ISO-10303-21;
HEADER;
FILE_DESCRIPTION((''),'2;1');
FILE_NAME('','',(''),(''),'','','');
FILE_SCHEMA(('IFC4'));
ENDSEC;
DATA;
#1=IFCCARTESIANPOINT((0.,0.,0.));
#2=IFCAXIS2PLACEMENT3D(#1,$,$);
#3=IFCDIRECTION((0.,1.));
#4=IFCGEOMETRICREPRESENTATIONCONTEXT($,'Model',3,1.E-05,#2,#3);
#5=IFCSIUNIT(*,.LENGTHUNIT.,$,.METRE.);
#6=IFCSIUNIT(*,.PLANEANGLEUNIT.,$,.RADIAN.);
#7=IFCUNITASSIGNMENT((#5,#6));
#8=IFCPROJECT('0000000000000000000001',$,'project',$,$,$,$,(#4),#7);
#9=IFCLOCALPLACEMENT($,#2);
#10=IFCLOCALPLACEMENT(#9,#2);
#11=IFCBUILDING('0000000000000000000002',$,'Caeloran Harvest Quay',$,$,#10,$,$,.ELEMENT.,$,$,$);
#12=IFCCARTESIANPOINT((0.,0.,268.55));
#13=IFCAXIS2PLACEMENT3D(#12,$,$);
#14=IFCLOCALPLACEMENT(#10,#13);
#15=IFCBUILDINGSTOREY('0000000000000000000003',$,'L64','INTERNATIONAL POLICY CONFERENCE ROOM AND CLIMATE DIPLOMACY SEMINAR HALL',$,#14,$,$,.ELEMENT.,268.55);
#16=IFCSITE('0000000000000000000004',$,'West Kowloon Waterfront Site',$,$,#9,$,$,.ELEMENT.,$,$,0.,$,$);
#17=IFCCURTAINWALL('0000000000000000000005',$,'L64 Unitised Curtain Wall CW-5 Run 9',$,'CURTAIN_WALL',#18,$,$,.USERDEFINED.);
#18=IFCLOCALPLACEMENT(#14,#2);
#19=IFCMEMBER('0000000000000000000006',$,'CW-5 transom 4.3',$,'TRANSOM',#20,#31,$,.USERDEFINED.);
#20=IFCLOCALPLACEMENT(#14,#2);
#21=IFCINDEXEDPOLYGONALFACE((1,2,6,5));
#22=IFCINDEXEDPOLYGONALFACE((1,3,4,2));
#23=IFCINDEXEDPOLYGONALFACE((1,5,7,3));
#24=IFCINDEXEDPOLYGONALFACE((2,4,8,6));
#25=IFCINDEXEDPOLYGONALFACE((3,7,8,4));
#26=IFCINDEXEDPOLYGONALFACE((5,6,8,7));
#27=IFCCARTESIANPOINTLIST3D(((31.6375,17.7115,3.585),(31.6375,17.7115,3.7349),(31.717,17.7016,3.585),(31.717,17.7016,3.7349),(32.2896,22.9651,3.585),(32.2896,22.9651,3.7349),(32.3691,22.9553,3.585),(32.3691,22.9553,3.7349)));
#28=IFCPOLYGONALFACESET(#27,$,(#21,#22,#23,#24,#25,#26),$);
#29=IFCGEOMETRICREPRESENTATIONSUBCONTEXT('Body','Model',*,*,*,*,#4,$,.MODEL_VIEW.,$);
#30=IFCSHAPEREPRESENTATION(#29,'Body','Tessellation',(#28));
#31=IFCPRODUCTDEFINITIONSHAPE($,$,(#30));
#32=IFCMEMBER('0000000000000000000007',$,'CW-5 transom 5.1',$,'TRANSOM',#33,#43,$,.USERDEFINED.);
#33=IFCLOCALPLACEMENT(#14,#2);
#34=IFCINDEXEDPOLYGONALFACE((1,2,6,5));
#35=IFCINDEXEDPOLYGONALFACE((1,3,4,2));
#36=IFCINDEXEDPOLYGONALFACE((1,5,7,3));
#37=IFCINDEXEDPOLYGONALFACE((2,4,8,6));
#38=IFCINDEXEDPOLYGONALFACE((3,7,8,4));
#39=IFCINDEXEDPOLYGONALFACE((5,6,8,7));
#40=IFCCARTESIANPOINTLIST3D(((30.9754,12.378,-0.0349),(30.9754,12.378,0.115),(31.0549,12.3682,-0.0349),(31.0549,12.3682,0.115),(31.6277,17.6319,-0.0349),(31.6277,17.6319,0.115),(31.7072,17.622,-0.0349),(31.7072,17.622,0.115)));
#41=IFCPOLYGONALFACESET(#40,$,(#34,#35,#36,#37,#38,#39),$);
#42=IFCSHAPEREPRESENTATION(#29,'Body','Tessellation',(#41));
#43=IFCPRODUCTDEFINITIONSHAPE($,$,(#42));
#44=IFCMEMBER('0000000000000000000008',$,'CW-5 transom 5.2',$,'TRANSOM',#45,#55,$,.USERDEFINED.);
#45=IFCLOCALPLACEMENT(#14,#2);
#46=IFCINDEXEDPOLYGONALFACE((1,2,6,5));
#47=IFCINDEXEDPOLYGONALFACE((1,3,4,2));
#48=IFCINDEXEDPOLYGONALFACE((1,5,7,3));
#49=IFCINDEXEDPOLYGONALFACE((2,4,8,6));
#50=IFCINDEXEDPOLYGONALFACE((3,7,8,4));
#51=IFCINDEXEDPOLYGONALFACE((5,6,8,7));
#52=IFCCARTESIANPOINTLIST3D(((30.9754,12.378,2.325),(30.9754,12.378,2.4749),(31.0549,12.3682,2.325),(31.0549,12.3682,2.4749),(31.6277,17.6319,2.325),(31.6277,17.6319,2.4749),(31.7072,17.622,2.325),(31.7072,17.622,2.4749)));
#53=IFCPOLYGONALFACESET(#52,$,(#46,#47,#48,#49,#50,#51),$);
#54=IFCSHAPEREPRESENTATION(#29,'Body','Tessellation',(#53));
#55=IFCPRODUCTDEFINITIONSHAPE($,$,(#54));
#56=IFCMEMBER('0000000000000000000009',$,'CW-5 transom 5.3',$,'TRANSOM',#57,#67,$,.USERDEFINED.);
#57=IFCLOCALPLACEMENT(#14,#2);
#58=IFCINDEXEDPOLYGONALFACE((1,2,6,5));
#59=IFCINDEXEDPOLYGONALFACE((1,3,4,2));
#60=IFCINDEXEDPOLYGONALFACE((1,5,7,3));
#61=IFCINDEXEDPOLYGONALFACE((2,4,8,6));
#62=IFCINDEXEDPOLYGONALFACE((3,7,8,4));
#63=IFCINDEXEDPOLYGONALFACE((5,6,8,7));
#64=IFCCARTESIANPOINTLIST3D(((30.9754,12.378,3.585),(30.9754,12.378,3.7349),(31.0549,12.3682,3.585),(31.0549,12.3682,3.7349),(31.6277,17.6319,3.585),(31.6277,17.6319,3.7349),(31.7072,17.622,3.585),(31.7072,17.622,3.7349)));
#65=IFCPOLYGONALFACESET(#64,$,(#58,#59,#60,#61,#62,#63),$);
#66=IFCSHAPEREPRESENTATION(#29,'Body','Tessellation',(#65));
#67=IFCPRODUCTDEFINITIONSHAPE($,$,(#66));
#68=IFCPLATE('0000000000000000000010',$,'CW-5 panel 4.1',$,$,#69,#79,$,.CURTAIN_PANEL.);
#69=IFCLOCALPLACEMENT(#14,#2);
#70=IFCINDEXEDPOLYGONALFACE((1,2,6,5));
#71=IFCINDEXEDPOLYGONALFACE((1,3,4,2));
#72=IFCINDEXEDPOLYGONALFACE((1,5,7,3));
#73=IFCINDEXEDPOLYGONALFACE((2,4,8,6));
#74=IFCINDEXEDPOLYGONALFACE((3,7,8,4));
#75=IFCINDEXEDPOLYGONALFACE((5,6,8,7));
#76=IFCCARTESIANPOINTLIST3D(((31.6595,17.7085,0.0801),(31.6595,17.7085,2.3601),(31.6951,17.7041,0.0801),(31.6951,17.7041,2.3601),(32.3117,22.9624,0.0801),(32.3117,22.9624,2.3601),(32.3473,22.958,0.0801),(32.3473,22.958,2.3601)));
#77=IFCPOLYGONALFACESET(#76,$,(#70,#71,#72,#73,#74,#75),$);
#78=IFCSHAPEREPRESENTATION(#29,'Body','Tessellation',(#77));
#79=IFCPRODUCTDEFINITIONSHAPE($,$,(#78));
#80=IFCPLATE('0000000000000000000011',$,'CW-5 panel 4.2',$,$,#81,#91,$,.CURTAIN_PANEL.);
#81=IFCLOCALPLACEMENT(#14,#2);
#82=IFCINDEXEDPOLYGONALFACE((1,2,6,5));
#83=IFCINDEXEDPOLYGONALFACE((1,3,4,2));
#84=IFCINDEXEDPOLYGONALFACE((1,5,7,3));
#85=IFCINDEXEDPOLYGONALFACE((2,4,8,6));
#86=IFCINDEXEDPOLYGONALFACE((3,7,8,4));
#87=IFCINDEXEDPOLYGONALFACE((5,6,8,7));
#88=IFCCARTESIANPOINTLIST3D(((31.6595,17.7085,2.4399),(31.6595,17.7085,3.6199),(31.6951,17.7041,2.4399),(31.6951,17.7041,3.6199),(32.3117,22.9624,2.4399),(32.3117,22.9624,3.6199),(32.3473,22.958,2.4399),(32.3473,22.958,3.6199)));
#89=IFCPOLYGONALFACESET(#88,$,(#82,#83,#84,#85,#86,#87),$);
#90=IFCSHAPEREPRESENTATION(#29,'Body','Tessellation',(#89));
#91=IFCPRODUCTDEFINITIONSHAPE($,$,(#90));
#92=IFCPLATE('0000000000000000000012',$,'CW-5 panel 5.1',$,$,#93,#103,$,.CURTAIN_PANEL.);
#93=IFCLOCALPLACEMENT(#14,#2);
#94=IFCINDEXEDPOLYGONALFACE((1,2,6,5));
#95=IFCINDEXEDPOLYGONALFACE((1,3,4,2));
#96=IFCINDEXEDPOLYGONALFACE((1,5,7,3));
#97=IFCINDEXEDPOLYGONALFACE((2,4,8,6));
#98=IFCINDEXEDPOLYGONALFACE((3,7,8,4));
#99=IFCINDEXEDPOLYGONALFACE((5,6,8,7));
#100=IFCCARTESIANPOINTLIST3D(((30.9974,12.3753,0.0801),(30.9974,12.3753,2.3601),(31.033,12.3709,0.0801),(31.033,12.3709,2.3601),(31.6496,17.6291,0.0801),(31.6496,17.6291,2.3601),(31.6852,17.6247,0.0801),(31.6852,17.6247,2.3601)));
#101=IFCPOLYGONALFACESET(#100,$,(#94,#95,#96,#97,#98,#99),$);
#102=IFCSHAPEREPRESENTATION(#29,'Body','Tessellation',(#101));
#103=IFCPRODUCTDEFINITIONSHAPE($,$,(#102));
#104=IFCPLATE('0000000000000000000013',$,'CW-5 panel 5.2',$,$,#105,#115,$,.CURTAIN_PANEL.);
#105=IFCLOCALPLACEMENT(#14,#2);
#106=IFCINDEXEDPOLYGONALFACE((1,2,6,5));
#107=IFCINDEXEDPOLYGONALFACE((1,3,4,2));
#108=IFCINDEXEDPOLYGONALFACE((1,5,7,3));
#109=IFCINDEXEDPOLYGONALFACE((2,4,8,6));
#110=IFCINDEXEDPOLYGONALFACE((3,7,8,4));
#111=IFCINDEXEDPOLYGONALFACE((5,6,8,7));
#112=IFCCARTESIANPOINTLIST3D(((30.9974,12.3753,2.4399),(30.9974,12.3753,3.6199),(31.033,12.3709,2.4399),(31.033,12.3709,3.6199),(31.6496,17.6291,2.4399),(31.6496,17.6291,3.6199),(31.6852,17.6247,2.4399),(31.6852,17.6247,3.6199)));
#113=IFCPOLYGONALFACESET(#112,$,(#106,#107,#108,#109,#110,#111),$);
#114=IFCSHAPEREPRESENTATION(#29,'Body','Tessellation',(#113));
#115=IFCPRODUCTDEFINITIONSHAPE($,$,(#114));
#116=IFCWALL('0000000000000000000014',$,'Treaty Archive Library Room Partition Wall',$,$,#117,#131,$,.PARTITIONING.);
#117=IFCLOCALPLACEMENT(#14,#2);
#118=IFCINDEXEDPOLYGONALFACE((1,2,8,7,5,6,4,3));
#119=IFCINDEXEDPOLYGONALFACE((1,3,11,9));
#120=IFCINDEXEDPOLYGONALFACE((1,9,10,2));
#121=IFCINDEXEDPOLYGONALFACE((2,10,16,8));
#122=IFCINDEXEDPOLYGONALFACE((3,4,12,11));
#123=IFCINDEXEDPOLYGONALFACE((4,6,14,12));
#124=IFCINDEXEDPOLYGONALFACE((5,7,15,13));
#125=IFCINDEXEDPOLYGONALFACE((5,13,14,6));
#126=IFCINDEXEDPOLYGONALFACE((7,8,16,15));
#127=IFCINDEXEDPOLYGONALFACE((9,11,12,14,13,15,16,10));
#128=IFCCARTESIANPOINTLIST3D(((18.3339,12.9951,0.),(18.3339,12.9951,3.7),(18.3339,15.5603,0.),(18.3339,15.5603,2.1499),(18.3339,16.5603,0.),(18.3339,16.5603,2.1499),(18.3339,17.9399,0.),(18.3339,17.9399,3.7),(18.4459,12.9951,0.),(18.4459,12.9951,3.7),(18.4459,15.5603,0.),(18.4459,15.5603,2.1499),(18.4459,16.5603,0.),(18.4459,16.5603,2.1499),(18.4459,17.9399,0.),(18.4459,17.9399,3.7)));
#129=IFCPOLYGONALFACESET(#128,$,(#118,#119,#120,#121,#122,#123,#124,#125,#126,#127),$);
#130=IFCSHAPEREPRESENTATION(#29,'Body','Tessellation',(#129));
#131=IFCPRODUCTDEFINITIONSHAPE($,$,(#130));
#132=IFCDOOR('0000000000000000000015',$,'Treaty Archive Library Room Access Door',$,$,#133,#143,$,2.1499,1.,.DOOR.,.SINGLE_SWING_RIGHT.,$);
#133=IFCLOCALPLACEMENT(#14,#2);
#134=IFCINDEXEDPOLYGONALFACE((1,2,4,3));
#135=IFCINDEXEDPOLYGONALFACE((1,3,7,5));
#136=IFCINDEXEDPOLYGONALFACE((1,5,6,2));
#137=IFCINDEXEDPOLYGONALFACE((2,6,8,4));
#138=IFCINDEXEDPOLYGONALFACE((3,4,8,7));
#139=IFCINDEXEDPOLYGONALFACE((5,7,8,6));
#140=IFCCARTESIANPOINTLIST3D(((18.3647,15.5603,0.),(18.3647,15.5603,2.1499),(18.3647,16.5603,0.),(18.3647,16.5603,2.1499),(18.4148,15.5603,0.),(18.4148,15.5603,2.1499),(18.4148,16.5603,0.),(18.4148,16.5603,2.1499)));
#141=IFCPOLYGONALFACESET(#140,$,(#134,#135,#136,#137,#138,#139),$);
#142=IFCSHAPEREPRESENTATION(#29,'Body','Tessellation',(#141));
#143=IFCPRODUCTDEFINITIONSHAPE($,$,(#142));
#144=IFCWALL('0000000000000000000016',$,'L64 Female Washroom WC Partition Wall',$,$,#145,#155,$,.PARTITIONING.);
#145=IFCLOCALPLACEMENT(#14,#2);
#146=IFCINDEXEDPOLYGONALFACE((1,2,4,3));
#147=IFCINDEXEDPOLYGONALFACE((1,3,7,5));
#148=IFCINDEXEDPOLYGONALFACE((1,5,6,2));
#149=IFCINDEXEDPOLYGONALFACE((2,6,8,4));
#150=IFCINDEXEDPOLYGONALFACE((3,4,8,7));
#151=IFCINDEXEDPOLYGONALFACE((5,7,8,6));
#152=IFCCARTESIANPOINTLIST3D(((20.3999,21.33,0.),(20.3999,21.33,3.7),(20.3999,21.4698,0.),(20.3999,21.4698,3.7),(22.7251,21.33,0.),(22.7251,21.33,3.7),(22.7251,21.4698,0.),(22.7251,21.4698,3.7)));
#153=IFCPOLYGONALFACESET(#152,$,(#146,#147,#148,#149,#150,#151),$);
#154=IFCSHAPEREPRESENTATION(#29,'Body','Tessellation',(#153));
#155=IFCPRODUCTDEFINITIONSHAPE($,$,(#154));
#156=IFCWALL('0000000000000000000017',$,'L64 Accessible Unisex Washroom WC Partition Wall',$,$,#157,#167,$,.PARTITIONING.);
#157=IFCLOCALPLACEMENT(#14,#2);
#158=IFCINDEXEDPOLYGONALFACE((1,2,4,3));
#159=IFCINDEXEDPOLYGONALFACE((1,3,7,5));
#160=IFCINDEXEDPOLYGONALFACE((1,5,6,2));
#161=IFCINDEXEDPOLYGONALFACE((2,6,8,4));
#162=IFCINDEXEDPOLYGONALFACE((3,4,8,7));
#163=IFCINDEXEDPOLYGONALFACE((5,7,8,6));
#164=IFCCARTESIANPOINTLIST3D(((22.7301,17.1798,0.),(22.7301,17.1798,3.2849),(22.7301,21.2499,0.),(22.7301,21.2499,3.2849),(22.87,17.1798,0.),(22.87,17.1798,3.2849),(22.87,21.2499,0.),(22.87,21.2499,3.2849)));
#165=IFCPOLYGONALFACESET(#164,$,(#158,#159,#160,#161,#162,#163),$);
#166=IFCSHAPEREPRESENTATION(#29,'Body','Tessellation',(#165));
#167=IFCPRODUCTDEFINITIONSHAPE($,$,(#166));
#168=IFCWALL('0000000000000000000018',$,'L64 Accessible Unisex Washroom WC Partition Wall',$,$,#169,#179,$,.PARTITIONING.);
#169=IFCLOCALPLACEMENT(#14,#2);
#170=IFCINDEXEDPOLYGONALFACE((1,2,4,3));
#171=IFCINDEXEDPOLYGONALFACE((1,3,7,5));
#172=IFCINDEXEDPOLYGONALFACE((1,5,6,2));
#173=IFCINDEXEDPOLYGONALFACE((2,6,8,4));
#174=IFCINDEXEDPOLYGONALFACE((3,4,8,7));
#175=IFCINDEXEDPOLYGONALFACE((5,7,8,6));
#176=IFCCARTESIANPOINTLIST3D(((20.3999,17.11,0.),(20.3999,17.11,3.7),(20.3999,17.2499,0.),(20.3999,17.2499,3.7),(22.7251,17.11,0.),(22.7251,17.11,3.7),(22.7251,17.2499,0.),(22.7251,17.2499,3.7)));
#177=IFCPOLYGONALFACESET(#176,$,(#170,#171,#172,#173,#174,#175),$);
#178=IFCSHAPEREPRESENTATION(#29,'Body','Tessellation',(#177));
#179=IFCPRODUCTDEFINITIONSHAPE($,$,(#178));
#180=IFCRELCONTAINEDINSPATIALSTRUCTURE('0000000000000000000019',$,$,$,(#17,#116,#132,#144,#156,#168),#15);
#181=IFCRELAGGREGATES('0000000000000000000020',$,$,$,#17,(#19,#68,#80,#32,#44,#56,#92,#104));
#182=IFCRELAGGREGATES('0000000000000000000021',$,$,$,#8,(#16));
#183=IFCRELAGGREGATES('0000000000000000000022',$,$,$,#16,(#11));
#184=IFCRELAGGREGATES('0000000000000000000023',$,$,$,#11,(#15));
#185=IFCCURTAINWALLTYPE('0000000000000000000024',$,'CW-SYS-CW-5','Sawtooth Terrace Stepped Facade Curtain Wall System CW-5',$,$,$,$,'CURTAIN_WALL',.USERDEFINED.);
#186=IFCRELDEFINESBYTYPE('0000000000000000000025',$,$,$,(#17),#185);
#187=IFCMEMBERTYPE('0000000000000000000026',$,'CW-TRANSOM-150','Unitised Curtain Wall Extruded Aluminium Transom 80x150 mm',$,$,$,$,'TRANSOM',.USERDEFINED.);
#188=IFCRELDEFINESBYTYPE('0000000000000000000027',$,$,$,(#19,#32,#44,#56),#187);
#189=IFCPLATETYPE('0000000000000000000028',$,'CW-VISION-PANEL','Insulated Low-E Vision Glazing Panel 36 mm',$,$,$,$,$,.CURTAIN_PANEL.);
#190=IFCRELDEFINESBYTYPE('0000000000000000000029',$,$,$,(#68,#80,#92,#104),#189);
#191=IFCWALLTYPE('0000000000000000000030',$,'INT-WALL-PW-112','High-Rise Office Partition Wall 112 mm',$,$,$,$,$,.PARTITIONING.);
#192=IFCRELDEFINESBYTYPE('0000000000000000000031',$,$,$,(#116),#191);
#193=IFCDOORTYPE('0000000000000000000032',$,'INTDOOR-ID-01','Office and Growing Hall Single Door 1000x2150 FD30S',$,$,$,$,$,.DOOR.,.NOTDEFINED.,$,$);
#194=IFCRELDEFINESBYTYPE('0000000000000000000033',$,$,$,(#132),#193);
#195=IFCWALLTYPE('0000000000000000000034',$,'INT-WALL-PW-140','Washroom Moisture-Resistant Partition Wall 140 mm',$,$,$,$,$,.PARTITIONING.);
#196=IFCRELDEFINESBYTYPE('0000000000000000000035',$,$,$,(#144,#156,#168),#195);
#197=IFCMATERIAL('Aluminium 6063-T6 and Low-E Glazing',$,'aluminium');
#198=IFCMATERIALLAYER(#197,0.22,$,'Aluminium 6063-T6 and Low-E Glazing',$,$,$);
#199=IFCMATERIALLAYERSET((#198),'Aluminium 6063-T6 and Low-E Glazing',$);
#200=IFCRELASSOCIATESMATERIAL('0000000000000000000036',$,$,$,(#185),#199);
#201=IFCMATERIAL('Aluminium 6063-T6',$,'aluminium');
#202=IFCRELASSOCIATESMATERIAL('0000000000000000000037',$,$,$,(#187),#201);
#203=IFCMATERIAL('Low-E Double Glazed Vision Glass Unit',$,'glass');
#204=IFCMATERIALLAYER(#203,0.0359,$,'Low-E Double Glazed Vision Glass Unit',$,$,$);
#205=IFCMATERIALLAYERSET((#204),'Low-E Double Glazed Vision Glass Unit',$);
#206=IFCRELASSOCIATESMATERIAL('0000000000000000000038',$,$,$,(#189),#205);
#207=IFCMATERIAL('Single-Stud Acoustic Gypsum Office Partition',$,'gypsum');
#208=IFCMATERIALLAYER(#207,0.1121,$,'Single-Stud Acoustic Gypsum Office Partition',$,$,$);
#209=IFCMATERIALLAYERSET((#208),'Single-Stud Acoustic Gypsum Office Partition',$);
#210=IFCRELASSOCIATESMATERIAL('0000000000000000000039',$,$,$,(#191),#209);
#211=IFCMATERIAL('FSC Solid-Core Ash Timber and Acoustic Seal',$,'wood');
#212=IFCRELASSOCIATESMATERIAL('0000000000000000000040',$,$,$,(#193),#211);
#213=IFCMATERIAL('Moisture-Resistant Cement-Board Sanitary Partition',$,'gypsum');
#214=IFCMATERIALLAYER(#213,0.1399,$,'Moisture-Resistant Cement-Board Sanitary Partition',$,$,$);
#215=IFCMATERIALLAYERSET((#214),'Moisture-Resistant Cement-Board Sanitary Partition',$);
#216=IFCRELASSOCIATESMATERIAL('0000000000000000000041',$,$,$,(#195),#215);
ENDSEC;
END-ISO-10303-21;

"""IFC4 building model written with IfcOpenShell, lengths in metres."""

from ifc_helpers import new_model, si_unit, direction, frame, frame_2d, origin, origin_2d, place, context, subcontext, project, spatial, rectangle, extrude, material, layer, layer_set, material_profile, profile_set, type_object, element, fill, aggregate, save


model = new_model("IFC4")

# Units and contexts
model_context = context("Model", 3, precision=1e-05, world=origin(), true_north=direction((0.0, 1.0)))
body_context = subcontext(model_context, "Body", "Model", "MODEL_VIEW")
ifc_project = project(units=[si_unit("LENGTHUNIT", "METRE"), si_unit("PLANEANGLEUNIT", "RADIAN")], contexts=[model_context])

# Site, building, storey
site_placement = place(None, origin())
site = spatial("IfcSite", under=ifc_project, at=site_placement, Name="West Kowloon Waterfront Site", CompositionType="ELEMENT", RefElevation=0.0)
building_placement = place(site_placement, origin())
building = spatial("IfcBuilding", under=site, at=building_placement, Name="Caeloran Harvest Quay", CompositionType="ELEMENT")
storey_placement = place(building_placement, frame((0.0, 0.0, 268.55)))
storey = spatial("IfcBuildingStorey", under=building, at=storey_placement, Name="L64", Description="INTERNATIONAL POLICY CONFERENCE ROOM AND CLIMATE DIPLOMACY SEMINAR HALL", CompositionType="ELEMENT", Elevation=268.55)

# Curtain wall, members, plates
ifc_material_1 = material(Name="Aluminium 6063-T6 and Low-E Glazing", Category="aluminium")
ifc_layer_1 = layer(ifc_material_1, 0.22, Name="Aluminium 6063-T6 and Low-E Glazing")
ifc_layer_set_1 = layer_set([ifc_layer_1], Name="Aluminium 6063-T6 and Low-E Glazing")
curtain_wall_type = type_object("IfcCurtainWallType", Name="CW-SYS-CW-5", Description="Sawtooth Terrace Stepped Facade Curtain Wall System CW-5", ElementType="CURTAIN_WALL", PredefinedType="USERDEFINED", material=ifc_layer_set_1)
curtain_wall_placement = place(storey_placement, origin())
curtain_wall = element("IfcCurtainWall", 1, at=curtain_wall_placement, inside=storey, type_object=curtain_wall_type, Name="L64 Unitised Curtain Wall CW-5 Run 9", ObjectType="CURTAIN_WALL", PredefinedType="USERDEFINED")
ifc_material_2 = material(Name="Aluminium 6063-T6", Category="aluminium")
ifc_material_profile_1 = material_profile(ifc_material_2, rectangle(XDim=0.0801, YDim=0.1499, at=origin_2d()), Name="CW-TRANSOM-150")
ifc_profile_set_1 = profile_set([ifc_material_profile_1], Name="Aluminium 6063-T6")
member_type_1 = type_object("IfcMemberType", Name="CW-TRANSOM-150", Description="Unitised Curtain Wall Extruded Aluminium Transom 80x150 mm", ElementType="TRANSOM", PredefinedType="USERDEFINED", material=ifc_profile_set_1)
member_1_placement = place(storey_placement, frame((32.3293, 22.9602, 3.6599), z_axis=(-0.123178, -0.992385, 0.0), x_axis=(0.992385, -0.123178, 0.0)))
member_1 = element("IfcMember", 2, at=member_1_placement, type_object=member_type_1, Name="CW-5 transom 4.3", ObjectType="TRANSOM", PredefinedType="USERDEFINED", context=body_context, shape_type="SweptSolid", body=[
    extrude(rectangle(XDim=0.0801, YDim=0.1499, at=origin_2d()), origin(), (0.0, 0.0, 1.0), 5.2939),
])
member_2_placement = place(storey_placement, frame((31.6675, 17.627, 0.04), z_axis=(-0.123217, -0.99238, 0.0), x_axis=(0.99238, -0.123217, 0.0)))
member_2 = element("IfcMember", 3, at=member_2_placement, type_object=member_type_1, Name="CW-5 transom 5.1", ObjectType="TRANSOM", PredefinedType="USERDEFINED", context=body_context, shape_type="SweptSolid", body=[
    extrude(rectangle(XDim=0.0801, YDim=0.1499, at=origin_2d()), origin(), (0.0, 0.0, 1.0), 5.2942),
])
member_3_placement = place(storey_placement, frame((31.6675, 17.627, 2.3999), z_axis=(-0.123217, -0.99238, 0.0), x_axis=(0.99238, -0.123217, 0.0)))
member_3 = element("IfcMember", 4, at=member_3_placement, type_object=member_type_1, Name="CW-5 transom 5.2", ObjectType="TRANSOM", PredefinedType="USERDEFINED", context=body_context, shape_type="SweptSolid", body=[
    extrude(rectangle(XDim=0.0801, YDim=0.1499, at=origin_2d()), origin(), (0.0, 0.0, 1.0), 5.2942),
])
member_4_placement = place(storey_placement, frame((31.6675, 17.627, 3.6599), z_axis=(-0.123217, -0.99238, 0.0), x_axis=(0.99238, -0.123217, 0.0)))
member_4 = element("IfcMember", 5, at=member_4_placement, type_object=member_type_1, Name="CW-5 transom 5.3", ObjectType="TRANSOM", PredefinedType="USERDEFINED", context=body_context, shape_type="SweptSolid", body=[
    extrude(rectangle(XDim=0.0801, YDim=0.1499, at=origin_2d()), origin(), (0.0, 0.0, 1.0), 5.2942),
])
ifc_material_3 = material(Name="Low-E Double Glazed Vision Glass Unit", Category="glass")
ifc_layer_2 = layer(ifc_material_3, 0.0359, Name="Low-E Double Glazed Vision Glass Unit")
ifc_layer_set_2 = layer_set([ifc_layer_2], Name="Low-E Double Glazed Vision Glass Unit")
plate_type = type_object("IfcPlateType", Name="CW-VISION-PANEL", Description="Insulated Low-E Vision Glazing Panel 36 mm", PredefinedType="CURTAIN_PANEL", material=ifc_layer_set_2)
plate_1_placement = place(storey_placement, frame((32.0034, 20.3333, 0.0801), z_axis=(0.0, 0.0, 1.0), x_axis=(-0.12319, -0.992383, 0.0)))
plate_1 = element("IfcPlate", 6, at=plate_1_placement, type_object=plate_type, Name="CW-5 panel 4.1", PredefinedType="CURTAIN_PANEL", context=body_context, shape_type="SweptSolid", body=[
    extrude(rectangle(XDim=5.2942, YDim=0.0359, at=origin_2d()), origin(), (0.0, 0.0, 1.0), 2.28),
])
plate_2_placement = place(storey_placement, frame((32.0034, 20.3333, 2.4399), z_axis=(0.0, 0.0, 1.0), x_axis=(-0.12319, -0.992383, 0.0)))
plate_2 = element("IfcPlate", 7, at=plate_2_placement, type_object=plate_type, Name="CW-5 panel 4.2", PredefinedType="CURTAIN_PANEL", context=body_context, shape_type="SweptSolid", body=[
    extrude(rectangle(XDim=5.2942, YDim=0.0359, at=origin_2d()), origin(), (0.0, 0.0, 1.0), 1.1799),
])
plate_3_placement = place(storey_placement, frame((31.3413, 15.0, 0.0801), z_axis=(0.0, 0.0, 1.0), x_axis=(-0.12319, -0.992383, 0.0)))
plate_3 = element("IfcPlate", 8, at=plate_3_placement, type_object=plate_type, Name="CW-5 panel 5.1", PredefinedType="CURTAIN_PANEL", context=body_context, shape_type="SweptSolid", body=[
    extrude(rectangle(XDim=5.2942, YDim=0.0359, at=origin_2d()), origin(), (0.0, 0.0, 1.0), 2.28),
])
plate_4_placement = place(storey_placement, frame((31.3413, 15.0, 2.4399), z_axis=(0.0, 0.0, 1.0), x_axis=(-0.12319, -0.992383, 0.0)))
plate_4 = element("IfcPlate", 9, at=plate_4_placement, type_object=plate_type, Name="CW-5 panel 5.2", PredefinedType="CURTAIN_PANEL", context=body_context, shape_type="SweptSolid", body=[
    extrude(rectangle(XDim=5.2942, YDim=0.0359, at=origin_2d()), origin(), (0.0, 0.0, 1.0), 1.1799),
])
aggregate(curtain_wall, [member_1, plate_1, plate_2, member_2, member_3, member_4, plate_3, plate_4])

# Wall, opening, door
ifc_material_4 = material(Name="Single-Stud Acoustic Gypsum Office Partition", Category="gypsum")
ifc_layer_3 = layer(ifc_material_4, 0.1121, Name="Single-Stud Acoustic Gypsum Office Partition")
ifc_layer_set_3 = layer_set([ifc_layer_3], Name="Single-Stud Acoustic Gypsum Office Partition")
wall_type_1 = type_object("IfcWallType", Name="INT-WALL-PW-112", Description="High-Rise Office Partition Wall 112 mm", PredefinedType="PARTITIONING", material=ifc_layer_set_3)
wall_1_placement = place(storey_placement, frame((18.3899, 17.9399, 0.0), z_axis=(0.0, 0.0, 1.0), x_axis=(0.0, -1.0, 0.0)))
wall_1 = element("IfcWall", 10, at=wall_1_placement, inside=storey, type_object=wall_type_1, Name="Treaty Archive Library Room Partition Wall", PredefinedType="PARTITIONING", context=body_context, shape_type="SweptSolid", body=[
    extrude(rectangle(XDim=4.9448, YDim=0.1121, at=frame_2d((2.4724, 0.0))), origin(), (0.0, 0.0, 1.0), 3.7),
])
opening_1_placement = place(wall_1_placement, frame((1.3796, 0.0, 0.0)))
opening_1 = element("IfcOpeningElement", 11, at=opening_1_placement, cuts=wall_1, PredefinedType="OPENING", context=body_context, shape_type="SweptSolid", body=[
    extrude(rectangle(XDim=1.0, YDim=2.1499, at=frame_2d((0.5, 1.075))), frame((0.0, 0.0659, 0.0), z_axis=(0.0, -1.0, 0.0), x_axis=(1.0, 0.0, 0.0)), (0.0, 0.0, 1.0), 0.1321),
])
ifc_material_5 = material(Name="FSC Solid-Core Ash Timber and Acoustic Seal", Category="wood")
door_type_1 = type_object("IfcDoorType", Name="INTDOOR-ID-01", Description="Office and Growing Hall Single Door 1000x2150 FD30S", OperationType="NOTDEFINED", PredefinedType="DOOR", material=ifc_material_5)
door_1_placement = place(opening_1_placement, origin())
door_1 = element("IfcDoor", 12, at=door_1_placement, inside=storey, type_object=door_type_1, Name="Treaty Archive Library Room Access Door", OperationType="SINGLE_SWING_RIGHT", OverallHeight=2.1499, OverallWidth=1.0, PredefinedType="DOOR", context=body_context, shape_type="SweptSolid", body=[
    extrude(rectangle(XDim=1.0, YDim=2.1499, at=frame_2d((0.5, 1.075))), frame((0.0, 0.0249, 0.0), z_axis=(0.0, -1.0, 0.0), x_axis=(1.0, 0.0, 0.0)), (0.0, 0.0, 1.0), 0.05),
])
fill(opening_1, door_1)

# Wall
ifc_material_6 = material(Name="Moisture-Resistant Cement-Board Sanitary Partition", Category="gypsum")
ifc_layer_4 = layer(ifc_material_6, 0.1399, Name="Moisture-Resistant Cement-Board Sanitary Partition")
ifc_layer_set_4 = layer_set([ifc_layer_4], Name="Moisture-Resistant Cement-Board Sanitary Partition")
wall_type_2 = type_object("IfcWallType", Name="INT-WALL-PW-140", Description="Washroom Moisture-Resistant Partition Wall 140 mm", PredefinedType="PARTITIONING", material=ifc_layer_set_4)
wall_2_placement = place(storey_placement, frame((22.7251, 21.3999, 0.0), z_axis=(0.0, 0.0, 1.0), x_axis=(-1.0, 0.0, 0.0)))
element("IfcWall", 13, at=wall_2_placement, inside=storey, type_object=wall_type_2, Name="L64 Female Washroom WC Partition Wall", PredefinedType="PARTITIONING", context=body_context, shape_type="SweptSolid", body=[
    extrude(rectangle(XDim=2.3252, YDim=0.1399, at=frame_2d((1.1626, 0.0))), origin(), (0.0, 0.0, 1.0), 3.7),
])

# Walls
wall_3_placement = place(storey_placement, frame((22.8, 21.25, 0.0), z_axis=(0.0, 0.0, 1.0), x_axis=(0.0, -1.0, 0.0)))
element("IfcWall", 14, at=wall_3_placement, inside=storey, type_object=wall_type_2, Name="L64 Accessible Unisex Washroom WC Partition Wall", PredefinedType="PARTITIONING", context=body_context, shape_type="SweptSolid", body=[
    extrude(rectangle(XDim=4.0701, YDim=0.1399, at=frame_2d((2.0352, 0.0))), origin(), (0.0, 0.0, 1.0), 3.2849),
])
wall_4_placement = place(storey_placement, frame((22.7251, 17.1799, 0.0), z_axis=(0.0, 0.0, 1.0), x_axis=(-1.0, 0.0, 0.0)))
element("IfcWall", 15, at=wall_4_placement, inside=storey, type_object=wall_type_2, Name="L64 Accessible Unisex Washroom WC Partition Wall", PredefinedType="PARTITIONING", context=body_context, shape_type="SweptSolid", body=[
    extrude(rectangle(XDim=2.3252, YDim=0.1399, at=frame_2d((1.1626, 0.0))), origin(), (0.0, 0.0, 1.0), 3.7),
])

save(model, "model.ifc")
